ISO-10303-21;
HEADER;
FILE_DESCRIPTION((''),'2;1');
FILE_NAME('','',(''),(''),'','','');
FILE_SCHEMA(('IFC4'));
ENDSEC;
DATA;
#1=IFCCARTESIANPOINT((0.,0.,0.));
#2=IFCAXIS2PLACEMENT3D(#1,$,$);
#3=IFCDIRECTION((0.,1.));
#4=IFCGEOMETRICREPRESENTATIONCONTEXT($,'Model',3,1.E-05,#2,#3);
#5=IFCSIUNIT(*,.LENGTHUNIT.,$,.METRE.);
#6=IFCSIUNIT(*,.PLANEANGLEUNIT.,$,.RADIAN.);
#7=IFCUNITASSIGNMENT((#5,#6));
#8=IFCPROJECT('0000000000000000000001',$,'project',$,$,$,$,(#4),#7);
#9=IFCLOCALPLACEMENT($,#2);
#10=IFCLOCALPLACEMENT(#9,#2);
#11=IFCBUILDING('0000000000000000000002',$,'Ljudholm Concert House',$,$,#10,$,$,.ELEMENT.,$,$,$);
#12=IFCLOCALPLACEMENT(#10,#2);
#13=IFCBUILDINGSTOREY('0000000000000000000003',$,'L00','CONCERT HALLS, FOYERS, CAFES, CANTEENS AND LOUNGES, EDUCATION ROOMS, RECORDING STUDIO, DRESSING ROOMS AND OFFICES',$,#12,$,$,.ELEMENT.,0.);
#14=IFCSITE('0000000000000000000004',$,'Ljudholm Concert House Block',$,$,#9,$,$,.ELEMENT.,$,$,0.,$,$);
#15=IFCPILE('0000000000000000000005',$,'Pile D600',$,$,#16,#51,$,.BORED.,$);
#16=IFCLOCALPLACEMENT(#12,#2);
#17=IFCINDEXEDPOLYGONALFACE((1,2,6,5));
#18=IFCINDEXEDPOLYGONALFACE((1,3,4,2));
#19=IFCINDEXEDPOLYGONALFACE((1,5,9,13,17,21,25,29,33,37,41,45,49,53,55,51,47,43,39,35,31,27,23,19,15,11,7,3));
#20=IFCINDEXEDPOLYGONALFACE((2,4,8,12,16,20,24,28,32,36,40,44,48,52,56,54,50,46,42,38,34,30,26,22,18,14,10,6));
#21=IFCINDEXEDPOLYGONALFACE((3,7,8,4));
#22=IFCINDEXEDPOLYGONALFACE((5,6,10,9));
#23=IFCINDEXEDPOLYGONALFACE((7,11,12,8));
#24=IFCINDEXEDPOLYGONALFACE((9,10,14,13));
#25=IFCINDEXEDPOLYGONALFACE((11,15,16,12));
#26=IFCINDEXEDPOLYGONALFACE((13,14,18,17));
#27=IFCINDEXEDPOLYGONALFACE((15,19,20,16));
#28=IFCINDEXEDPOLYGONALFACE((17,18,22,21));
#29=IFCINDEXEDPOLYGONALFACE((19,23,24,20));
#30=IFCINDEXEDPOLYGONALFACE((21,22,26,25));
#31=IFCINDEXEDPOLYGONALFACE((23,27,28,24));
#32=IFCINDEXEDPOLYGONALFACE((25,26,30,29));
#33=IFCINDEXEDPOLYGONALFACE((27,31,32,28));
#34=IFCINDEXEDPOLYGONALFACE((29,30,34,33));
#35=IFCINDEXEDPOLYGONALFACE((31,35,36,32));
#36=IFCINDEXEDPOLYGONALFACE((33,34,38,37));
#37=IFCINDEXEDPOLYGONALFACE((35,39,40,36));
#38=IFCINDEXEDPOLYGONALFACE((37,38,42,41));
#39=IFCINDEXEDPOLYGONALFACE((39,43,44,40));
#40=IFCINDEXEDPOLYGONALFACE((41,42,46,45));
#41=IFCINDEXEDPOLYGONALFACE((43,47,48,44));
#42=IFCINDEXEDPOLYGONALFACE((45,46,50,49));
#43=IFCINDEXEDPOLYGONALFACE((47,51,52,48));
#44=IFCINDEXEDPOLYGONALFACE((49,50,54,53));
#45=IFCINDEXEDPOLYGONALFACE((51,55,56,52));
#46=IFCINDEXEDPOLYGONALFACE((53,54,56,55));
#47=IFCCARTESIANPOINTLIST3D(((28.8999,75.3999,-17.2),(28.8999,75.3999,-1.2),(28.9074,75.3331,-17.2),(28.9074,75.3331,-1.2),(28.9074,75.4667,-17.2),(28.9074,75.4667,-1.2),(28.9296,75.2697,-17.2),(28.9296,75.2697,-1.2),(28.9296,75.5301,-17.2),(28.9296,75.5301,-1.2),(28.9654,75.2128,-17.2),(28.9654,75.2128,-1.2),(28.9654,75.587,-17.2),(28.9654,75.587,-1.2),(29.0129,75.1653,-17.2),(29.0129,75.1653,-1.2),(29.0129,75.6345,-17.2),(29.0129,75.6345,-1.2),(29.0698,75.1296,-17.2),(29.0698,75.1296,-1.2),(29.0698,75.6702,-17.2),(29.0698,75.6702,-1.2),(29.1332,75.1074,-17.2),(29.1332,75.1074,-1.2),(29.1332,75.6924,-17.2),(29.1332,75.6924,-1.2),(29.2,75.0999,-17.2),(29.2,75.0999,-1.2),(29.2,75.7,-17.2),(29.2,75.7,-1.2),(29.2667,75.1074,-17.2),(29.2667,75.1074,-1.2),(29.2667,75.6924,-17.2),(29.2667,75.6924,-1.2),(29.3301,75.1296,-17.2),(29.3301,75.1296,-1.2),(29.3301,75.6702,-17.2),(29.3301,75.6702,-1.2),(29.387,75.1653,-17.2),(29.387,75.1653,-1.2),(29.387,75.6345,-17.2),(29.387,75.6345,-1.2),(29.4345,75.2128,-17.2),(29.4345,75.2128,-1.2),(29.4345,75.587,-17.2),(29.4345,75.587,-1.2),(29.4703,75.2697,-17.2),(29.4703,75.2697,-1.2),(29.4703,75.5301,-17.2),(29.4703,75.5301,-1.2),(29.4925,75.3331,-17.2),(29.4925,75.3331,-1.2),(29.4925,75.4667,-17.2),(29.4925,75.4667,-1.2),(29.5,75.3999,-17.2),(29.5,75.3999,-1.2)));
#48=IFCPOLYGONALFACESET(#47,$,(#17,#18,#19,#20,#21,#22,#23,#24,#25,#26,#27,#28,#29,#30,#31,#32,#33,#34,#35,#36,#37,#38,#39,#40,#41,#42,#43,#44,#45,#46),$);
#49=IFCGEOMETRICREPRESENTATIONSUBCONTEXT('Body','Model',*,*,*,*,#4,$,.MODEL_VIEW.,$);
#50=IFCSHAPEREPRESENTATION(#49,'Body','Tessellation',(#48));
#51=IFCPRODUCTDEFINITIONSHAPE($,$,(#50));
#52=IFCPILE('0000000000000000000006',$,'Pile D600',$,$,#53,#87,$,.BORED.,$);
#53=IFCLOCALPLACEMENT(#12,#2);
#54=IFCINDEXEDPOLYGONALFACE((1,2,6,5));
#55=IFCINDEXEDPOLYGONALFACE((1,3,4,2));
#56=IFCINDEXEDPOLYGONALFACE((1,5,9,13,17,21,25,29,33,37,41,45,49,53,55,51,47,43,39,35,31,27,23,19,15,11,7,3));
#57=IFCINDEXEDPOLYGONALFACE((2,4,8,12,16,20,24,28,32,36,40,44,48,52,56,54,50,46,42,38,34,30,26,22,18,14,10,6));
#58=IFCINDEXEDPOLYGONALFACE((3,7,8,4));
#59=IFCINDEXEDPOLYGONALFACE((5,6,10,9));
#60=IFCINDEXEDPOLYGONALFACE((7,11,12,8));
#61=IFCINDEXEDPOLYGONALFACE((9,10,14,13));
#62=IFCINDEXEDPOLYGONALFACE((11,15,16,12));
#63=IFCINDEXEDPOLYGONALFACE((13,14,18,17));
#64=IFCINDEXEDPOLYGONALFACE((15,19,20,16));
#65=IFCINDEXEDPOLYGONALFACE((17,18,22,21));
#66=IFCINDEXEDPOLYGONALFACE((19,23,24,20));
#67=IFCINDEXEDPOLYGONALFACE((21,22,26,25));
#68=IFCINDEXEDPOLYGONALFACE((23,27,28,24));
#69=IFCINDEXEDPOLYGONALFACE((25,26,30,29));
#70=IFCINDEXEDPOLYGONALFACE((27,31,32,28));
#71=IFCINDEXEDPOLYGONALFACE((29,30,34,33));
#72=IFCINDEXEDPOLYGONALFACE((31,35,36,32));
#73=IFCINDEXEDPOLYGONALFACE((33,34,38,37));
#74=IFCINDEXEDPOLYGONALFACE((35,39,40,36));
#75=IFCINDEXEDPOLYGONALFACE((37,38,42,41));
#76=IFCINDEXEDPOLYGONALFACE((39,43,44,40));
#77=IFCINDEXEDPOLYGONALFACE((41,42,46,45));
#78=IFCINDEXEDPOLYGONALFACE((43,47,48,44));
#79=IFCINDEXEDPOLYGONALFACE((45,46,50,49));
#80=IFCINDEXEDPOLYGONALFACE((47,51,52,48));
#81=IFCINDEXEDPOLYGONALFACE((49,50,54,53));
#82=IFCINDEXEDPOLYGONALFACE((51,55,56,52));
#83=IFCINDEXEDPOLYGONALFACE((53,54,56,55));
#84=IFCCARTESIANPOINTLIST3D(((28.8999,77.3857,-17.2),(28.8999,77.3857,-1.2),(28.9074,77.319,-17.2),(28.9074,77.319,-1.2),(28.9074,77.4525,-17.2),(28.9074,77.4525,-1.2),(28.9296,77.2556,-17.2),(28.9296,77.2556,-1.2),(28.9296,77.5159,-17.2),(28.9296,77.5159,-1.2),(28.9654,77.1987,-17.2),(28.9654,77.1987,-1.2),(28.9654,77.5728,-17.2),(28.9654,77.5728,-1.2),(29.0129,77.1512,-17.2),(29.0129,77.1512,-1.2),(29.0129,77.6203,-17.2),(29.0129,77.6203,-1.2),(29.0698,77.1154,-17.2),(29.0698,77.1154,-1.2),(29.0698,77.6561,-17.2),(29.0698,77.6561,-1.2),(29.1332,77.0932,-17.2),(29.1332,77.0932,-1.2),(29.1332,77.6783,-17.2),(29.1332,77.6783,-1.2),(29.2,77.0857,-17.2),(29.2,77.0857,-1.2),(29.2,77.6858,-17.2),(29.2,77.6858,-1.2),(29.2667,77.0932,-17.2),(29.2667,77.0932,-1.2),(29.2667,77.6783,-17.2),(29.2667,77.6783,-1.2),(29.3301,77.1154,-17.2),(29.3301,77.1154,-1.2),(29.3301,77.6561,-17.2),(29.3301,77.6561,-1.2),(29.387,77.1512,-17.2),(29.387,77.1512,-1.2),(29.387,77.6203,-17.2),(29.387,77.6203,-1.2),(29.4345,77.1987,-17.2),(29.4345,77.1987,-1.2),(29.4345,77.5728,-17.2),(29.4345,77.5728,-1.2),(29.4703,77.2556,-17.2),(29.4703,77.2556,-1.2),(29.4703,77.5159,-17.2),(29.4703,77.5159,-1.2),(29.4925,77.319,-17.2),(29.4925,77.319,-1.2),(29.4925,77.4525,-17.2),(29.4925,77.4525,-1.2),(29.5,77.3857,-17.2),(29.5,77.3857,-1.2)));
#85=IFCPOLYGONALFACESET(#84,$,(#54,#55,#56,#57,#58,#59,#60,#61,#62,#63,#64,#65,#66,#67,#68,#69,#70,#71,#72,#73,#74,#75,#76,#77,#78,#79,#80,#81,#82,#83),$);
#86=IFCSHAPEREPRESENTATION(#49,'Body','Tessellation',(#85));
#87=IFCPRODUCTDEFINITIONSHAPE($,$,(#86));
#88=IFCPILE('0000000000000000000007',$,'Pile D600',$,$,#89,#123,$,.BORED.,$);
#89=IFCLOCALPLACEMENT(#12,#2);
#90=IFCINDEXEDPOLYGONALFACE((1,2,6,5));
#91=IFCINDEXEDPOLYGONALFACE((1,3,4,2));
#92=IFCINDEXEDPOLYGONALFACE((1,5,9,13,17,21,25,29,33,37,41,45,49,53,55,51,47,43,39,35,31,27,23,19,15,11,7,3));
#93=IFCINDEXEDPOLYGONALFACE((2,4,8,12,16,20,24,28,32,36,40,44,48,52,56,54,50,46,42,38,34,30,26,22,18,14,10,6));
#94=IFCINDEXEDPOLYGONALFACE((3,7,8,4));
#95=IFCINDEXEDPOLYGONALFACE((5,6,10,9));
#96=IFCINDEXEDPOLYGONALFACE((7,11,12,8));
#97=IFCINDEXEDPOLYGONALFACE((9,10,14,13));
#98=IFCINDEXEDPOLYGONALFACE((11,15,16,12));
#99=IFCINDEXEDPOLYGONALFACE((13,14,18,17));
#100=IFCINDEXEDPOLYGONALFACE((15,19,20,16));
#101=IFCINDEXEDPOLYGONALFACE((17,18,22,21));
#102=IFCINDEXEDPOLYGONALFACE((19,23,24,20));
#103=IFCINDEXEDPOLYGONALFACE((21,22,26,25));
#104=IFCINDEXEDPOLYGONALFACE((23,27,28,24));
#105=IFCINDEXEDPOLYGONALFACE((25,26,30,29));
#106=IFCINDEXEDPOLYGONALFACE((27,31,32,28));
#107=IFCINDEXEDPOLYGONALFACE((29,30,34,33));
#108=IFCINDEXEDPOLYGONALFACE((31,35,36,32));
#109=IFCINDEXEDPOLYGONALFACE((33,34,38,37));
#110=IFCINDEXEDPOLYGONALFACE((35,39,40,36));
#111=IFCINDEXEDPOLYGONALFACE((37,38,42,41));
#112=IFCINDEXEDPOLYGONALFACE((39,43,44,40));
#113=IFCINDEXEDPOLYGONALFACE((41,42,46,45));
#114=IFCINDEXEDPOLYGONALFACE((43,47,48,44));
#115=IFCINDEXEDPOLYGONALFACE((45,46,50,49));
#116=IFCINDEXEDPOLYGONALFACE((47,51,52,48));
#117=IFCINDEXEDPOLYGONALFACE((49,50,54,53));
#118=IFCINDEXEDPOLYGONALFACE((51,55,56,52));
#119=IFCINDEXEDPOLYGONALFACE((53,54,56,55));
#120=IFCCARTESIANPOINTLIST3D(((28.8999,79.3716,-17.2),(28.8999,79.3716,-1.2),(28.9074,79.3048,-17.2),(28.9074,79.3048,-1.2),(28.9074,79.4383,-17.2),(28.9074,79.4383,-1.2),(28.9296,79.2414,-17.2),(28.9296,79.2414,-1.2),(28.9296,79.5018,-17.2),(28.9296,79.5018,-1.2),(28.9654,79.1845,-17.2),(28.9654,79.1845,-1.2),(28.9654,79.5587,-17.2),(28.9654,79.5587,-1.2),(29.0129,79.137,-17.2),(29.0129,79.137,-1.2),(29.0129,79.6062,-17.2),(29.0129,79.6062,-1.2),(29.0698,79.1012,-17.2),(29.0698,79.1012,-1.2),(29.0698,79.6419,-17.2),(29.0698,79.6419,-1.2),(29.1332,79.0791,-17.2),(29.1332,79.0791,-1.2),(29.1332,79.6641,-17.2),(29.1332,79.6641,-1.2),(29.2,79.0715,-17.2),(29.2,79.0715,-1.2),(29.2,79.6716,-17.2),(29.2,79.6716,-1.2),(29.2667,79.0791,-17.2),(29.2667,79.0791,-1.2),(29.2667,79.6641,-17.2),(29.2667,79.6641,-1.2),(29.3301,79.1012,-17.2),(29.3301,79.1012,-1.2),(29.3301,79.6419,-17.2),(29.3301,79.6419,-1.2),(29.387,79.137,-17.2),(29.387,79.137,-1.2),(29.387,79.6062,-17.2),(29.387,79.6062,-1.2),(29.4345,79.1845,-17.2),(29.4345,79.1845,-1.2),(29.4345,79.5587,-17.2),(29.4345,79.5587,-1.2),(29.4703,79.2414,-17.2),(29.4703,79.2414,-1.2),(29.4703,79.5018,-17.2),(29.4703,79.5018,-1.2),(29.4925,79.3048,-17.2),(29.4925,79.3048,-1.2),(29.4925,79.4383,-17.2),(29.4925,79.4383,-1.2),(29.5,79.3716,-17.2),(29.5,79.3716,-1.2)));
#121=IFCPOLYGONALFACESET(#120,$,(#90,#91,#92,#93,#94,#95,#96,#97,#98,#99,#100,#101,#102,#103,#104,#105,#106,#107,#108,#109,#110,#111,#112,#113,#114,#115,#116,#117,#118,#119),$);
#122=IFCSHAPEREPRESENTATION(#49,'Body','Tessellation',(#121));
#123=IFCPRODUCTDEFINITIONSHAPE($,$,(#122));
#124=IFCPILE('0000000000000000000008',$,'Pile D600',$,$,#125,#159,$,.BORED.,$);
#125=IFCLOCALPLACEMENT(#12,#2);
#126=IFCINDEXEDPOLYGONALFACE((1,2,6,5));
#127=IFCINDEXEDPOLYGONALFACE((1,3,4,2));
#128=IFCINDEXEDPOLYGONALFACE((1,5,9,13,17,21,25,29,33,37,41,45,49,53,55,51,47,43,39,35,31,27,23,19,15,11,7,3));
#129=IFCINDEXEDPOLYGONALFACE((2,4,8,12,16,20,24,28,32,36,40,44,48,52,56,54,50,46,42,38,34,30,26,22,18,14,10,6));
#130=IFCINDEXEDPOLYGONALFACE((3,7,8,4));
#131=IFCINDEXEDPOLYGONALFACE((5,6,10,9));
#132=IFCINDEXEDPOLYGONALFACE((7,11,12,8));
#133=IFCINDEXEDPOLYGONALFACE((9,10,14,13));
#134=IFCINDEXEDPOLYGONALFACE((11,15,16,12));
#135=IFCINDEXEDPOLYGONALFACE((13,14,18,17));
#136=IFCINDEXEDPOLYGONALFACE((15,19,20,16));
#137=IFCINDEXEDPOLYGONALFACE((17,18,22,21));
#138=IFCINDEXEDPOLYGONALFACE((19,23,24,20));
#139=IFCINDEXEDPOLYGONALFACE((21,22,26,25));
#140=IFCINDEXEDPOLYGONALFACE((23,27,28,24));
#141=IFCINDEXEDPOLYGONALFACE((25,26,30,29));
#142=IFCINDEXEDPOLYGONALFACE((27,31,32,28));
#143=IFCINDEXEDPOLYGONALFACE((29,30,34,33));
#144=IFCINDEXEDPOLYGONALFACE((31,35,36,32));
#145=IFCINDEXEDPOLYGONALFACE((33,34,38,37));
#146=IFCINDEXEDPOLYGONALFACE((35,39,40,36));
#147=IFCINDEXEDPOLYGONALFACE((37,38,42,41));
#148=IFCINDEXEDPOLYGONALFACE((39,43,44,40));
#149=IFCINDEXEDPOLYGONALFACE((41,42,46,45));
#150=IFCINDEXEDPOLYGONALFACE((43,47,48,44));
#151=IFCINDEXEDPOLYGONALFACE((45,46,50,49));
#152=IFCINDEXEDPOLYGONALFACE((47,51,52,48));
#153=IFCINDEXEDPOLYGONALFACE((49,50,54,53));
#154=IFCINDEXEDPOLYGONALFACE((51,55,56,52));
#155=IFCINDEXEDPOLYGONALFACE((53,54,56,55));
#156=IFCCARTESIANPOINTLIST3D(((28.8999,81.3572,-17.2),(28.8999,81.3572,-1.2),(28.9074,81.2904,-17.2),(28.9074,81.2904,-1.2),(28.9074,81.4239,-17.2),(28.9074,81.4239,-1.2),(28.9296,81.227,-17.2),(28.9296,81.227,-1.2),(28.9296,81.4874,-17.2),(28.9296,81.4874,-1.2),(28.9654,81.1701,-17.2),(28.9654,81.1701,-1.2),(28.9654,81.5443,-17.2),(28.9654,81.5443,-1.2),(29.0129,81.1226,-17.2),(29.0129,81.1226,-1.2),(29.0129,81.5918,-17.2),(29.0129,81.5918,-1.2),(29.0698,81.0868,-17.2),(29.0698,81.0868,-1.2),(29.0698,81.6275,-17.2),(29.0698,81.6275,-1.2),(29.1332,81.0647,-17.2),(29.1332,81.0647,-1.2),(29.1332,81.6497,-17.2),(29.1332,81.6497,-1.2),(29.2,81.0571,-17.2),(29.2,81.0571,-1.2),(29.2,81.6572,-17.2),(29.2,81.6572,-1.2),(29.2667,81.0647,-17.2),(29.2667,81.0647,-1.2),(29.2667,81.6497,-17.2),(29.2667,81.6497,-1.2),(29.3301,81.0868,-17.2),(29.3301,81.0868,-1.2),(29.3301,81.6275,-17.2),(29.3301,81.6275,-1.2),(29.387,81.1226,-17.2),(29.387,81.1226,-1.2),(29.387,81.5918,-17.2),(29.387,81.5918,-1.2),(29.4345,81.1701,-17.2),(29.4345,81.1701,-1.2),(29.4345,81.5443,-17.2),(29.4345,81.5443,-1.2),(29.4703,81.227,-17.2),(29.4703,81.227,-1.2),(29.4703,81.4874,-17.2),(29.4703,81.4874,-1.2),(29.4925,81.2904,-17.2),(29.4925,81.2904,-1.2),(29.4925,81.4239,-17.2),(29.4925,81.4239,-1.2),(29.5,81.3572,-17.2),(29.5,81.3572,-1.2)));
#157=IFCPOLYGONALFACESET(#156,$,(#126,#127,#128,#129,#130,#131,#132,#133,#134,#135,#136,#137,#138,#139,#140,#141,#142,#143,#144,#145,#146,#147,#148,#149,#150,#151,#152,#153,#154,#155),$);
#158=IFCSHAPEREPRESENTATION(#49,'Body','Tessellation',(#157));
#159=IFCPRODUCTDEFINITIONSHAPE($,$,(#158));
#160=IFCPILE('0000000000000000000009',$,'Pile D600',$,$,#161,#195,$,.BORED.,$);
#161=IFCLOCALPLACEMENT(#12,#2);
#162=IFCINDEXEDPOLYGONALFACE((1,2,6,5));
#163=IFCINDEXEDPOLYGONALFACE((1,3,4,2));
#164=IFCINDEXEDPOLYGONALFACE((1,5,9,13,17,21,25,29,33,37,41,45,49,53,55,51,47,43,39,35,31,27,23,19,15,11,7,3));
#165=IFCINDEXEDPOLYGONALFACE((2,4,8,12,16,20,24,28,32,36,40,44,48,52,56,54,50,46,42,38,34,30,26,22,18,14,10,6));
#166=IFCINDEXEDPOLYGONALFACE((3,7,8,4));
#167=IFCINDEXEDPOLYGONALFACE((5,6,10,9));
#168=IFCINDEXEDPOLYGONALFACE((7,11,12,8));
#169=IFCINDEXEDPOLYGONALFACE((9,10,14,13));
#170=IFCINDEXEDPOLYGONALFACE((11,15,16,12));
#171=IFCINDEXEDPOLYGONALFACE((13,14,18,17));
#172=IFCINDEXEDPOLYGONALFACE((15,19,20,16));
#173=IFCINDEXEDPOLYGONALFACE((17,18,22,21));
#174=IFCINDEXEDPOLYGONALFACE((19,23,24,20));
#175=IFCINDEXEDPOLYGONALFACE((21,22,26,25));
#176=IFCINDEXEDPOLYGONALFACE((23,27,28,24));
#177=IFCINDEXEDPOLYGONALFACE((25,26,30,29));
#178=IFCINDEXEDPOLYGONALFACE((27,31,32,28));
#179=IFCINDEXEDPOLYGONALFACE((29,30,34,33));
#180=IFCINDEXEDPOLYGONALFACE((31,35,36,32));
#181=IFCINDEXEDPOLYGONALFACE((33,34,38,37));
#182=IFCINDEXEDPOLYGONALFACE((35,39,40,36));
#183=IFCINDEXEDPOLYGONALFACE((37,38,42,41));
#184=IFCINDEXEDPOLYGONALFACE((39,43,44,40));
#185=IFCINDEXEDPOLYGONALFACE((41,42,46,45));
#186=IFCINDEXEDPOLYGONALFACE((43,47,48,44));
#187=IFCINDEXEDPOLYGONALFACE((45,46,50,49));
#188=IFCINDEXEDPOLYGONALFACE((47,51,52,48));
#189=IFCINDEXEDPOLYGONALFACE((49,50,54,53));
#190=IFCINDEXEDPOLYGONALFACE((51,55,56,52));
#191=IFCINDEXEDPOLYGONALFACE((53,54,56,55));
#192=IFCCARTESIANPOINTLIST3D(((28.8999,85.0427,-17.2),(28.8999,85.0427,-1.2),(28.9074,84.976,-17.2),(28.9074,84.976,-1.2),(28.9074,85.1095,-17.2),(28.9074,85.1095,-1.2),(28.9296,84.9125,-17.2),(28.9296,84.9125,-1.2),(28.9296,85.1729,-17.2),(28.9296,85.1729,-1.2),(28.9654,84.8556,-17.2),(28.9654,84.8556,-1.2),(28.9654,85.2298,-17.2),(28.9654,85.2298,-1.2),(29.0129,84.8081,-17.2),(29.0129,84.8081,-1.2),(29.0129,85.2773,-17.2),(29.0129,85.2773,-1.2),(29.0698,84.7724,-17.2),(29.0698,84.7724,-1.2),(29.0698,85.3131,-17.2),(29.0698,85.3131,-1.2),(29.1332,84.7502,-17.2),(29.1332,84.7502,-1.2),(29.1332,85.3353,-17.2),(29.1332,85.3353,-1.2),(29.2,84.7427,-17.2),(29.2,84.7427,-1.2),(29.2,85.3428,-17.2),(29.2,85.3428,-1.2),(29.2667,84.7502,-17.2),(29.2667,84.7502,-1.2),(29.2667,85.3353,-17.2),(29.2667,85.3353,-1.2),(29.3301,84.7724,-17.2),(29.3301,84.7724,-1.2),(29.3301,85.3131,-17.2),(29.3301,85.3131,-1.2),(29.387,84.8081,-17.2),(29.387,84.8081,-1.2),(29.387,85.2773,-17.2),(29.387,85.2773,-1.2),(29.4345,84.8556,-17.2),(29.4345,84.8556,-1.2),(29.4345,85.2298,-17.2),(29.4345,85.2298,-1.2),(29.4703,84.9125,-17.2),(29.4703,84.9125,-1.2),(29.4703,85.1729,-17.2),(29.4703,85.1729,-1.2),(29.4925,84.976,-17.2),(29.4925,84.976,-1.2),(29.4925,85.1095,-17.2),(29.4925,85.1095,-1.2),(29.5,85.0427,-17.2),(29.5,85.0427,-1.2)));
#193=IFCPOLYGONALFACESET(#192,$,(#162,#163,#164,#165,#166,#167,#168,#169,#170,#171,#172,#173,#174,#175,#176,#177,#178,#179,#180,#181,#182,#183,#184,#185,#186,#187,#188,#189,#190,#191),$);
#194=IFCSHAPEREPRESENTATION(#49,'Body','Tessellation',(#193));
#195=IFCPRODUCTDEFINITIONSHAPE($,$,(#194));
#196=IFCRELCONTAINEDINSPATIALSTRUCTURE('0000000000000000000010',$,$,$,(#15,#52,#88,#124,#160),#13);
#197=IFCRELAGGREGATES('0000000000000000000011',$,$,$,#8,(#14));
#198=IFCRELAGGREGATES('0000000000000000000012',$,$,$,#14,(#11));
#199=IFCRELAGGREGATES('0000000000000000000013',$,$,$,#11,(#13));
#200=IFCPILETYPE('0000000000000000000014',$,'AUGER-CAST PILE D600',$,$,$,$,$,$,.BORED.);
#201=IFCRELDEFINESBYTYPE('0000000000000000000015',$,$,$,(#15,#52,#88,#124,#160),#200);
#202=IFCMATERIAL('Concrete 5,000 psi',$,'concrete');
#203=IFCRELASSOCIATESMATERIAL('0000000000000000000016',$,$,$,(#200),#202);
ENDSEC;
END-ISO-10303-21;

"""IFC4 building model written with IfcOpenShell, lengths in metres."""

from ifc_helpers import new_model, si_unit, direction, frame, origin, origin_2d, place, context, subcontext, project, spatial, circle, extrude, material, material_profile, profile_set, type_object, element, save


model = new_model("IFC4")

# Units and contexts
model_context = context("Model", 3, precision=1e-05, world=origin(), true_north=direction((0.0, 1.0)))
body_context = subcontext(model_context, "Body", "Model", "MODEL_VIEW")
ifc_project = project(units=[si_unit("LENGTHUNIT", "METRE"), si_unit("PLANEANGLEUNIT", "RADIAN")], contexts=[model_context])

# Site, building, storey
site_placement = place(None, origin())
site = spatial("IfcSite", under=ifc_project, at=site_placement, Name="Ljudholm Concert House Block", CompositionType="ELEMENT", RefElevation=0.0)
building_placement = place(site_placement, origin())
building = spatial("IfcBuilding", under=site, at=building_placement, Name="Ljudholm Concert House", CompositionType="ELEMENT")
storey_placement = place(building_placement, origin())
storey = spatial("IfcBuildingStorey", under=building, at=storey_placement, Name="L00", Description="CONCERT HALLS, FOYERS, CAFES, CANTEENS AND LOUNGES, EDUCATION ROOMS, RECORDING STUDIO, DRESSING ROOMS AND OFFICES", CompositionType="ELEMENT", Elevation=0.0)

# Piles
ifc_material_1 = material(Name="Concrete 5,000 psi", Category="concrete")
ifc_material_profile_1 = material_profile(ifc_material_1, circle(Radius=0.3, at=origin_2d()), Name="AUGER-CAST PILE D600")
ifc_profile_set_1 = profile_set([ifc_material_profile_1], Name="Concrete 5,000 psi")
pile_type = type_object("IfcPileType", Name="AUGER-CAST PILE D600", PredefinedType="BORED", material=ifc_profile_set_1)
for number, where, z_axis, x_axis, name in (
    (1, (29.2, 75.3999, -1.2), (0.0, 0.0, -1.0), (1.0, 0.0, 0.0), "Pile D600"),
    (2, (29.2, 77.3857, -1.2), (0.0, 0.0, -1.0), (1.0, 0.0, 0.0), "Pile D600"),
    (3, (29.2, 79.3716, -1.2), (0.0, 0.0, -1.0), (1.0, 0.0, 0.0), "Pile D600"),
    (4, (29.2, 81.3572, -1.2), (0.0, 0.0, -1.0), (1.0, 0.0, 0.0), "Pile D600"),
    (5, (29.2, 85.0427, -1.2), (0.0, 0.0, -1.0), (1.0, 0.0, 0.0), "Pile D600"),
):
    element("IfcPile", number, at=place(storey_placement, frame(where, z_axis=z_axis, x_axis=x_axis)), inside=storey, type_object=pile_type, Name=name, PredefinedType="BORED", context=body_context, shape_type="SweptSolid", body=[
        extrude(circle(Radius=0.3, at=origin_2d()), origin(), (0.0, 0.0, 1.0), 16.0),
    ])

save(model, "model.ifc")
